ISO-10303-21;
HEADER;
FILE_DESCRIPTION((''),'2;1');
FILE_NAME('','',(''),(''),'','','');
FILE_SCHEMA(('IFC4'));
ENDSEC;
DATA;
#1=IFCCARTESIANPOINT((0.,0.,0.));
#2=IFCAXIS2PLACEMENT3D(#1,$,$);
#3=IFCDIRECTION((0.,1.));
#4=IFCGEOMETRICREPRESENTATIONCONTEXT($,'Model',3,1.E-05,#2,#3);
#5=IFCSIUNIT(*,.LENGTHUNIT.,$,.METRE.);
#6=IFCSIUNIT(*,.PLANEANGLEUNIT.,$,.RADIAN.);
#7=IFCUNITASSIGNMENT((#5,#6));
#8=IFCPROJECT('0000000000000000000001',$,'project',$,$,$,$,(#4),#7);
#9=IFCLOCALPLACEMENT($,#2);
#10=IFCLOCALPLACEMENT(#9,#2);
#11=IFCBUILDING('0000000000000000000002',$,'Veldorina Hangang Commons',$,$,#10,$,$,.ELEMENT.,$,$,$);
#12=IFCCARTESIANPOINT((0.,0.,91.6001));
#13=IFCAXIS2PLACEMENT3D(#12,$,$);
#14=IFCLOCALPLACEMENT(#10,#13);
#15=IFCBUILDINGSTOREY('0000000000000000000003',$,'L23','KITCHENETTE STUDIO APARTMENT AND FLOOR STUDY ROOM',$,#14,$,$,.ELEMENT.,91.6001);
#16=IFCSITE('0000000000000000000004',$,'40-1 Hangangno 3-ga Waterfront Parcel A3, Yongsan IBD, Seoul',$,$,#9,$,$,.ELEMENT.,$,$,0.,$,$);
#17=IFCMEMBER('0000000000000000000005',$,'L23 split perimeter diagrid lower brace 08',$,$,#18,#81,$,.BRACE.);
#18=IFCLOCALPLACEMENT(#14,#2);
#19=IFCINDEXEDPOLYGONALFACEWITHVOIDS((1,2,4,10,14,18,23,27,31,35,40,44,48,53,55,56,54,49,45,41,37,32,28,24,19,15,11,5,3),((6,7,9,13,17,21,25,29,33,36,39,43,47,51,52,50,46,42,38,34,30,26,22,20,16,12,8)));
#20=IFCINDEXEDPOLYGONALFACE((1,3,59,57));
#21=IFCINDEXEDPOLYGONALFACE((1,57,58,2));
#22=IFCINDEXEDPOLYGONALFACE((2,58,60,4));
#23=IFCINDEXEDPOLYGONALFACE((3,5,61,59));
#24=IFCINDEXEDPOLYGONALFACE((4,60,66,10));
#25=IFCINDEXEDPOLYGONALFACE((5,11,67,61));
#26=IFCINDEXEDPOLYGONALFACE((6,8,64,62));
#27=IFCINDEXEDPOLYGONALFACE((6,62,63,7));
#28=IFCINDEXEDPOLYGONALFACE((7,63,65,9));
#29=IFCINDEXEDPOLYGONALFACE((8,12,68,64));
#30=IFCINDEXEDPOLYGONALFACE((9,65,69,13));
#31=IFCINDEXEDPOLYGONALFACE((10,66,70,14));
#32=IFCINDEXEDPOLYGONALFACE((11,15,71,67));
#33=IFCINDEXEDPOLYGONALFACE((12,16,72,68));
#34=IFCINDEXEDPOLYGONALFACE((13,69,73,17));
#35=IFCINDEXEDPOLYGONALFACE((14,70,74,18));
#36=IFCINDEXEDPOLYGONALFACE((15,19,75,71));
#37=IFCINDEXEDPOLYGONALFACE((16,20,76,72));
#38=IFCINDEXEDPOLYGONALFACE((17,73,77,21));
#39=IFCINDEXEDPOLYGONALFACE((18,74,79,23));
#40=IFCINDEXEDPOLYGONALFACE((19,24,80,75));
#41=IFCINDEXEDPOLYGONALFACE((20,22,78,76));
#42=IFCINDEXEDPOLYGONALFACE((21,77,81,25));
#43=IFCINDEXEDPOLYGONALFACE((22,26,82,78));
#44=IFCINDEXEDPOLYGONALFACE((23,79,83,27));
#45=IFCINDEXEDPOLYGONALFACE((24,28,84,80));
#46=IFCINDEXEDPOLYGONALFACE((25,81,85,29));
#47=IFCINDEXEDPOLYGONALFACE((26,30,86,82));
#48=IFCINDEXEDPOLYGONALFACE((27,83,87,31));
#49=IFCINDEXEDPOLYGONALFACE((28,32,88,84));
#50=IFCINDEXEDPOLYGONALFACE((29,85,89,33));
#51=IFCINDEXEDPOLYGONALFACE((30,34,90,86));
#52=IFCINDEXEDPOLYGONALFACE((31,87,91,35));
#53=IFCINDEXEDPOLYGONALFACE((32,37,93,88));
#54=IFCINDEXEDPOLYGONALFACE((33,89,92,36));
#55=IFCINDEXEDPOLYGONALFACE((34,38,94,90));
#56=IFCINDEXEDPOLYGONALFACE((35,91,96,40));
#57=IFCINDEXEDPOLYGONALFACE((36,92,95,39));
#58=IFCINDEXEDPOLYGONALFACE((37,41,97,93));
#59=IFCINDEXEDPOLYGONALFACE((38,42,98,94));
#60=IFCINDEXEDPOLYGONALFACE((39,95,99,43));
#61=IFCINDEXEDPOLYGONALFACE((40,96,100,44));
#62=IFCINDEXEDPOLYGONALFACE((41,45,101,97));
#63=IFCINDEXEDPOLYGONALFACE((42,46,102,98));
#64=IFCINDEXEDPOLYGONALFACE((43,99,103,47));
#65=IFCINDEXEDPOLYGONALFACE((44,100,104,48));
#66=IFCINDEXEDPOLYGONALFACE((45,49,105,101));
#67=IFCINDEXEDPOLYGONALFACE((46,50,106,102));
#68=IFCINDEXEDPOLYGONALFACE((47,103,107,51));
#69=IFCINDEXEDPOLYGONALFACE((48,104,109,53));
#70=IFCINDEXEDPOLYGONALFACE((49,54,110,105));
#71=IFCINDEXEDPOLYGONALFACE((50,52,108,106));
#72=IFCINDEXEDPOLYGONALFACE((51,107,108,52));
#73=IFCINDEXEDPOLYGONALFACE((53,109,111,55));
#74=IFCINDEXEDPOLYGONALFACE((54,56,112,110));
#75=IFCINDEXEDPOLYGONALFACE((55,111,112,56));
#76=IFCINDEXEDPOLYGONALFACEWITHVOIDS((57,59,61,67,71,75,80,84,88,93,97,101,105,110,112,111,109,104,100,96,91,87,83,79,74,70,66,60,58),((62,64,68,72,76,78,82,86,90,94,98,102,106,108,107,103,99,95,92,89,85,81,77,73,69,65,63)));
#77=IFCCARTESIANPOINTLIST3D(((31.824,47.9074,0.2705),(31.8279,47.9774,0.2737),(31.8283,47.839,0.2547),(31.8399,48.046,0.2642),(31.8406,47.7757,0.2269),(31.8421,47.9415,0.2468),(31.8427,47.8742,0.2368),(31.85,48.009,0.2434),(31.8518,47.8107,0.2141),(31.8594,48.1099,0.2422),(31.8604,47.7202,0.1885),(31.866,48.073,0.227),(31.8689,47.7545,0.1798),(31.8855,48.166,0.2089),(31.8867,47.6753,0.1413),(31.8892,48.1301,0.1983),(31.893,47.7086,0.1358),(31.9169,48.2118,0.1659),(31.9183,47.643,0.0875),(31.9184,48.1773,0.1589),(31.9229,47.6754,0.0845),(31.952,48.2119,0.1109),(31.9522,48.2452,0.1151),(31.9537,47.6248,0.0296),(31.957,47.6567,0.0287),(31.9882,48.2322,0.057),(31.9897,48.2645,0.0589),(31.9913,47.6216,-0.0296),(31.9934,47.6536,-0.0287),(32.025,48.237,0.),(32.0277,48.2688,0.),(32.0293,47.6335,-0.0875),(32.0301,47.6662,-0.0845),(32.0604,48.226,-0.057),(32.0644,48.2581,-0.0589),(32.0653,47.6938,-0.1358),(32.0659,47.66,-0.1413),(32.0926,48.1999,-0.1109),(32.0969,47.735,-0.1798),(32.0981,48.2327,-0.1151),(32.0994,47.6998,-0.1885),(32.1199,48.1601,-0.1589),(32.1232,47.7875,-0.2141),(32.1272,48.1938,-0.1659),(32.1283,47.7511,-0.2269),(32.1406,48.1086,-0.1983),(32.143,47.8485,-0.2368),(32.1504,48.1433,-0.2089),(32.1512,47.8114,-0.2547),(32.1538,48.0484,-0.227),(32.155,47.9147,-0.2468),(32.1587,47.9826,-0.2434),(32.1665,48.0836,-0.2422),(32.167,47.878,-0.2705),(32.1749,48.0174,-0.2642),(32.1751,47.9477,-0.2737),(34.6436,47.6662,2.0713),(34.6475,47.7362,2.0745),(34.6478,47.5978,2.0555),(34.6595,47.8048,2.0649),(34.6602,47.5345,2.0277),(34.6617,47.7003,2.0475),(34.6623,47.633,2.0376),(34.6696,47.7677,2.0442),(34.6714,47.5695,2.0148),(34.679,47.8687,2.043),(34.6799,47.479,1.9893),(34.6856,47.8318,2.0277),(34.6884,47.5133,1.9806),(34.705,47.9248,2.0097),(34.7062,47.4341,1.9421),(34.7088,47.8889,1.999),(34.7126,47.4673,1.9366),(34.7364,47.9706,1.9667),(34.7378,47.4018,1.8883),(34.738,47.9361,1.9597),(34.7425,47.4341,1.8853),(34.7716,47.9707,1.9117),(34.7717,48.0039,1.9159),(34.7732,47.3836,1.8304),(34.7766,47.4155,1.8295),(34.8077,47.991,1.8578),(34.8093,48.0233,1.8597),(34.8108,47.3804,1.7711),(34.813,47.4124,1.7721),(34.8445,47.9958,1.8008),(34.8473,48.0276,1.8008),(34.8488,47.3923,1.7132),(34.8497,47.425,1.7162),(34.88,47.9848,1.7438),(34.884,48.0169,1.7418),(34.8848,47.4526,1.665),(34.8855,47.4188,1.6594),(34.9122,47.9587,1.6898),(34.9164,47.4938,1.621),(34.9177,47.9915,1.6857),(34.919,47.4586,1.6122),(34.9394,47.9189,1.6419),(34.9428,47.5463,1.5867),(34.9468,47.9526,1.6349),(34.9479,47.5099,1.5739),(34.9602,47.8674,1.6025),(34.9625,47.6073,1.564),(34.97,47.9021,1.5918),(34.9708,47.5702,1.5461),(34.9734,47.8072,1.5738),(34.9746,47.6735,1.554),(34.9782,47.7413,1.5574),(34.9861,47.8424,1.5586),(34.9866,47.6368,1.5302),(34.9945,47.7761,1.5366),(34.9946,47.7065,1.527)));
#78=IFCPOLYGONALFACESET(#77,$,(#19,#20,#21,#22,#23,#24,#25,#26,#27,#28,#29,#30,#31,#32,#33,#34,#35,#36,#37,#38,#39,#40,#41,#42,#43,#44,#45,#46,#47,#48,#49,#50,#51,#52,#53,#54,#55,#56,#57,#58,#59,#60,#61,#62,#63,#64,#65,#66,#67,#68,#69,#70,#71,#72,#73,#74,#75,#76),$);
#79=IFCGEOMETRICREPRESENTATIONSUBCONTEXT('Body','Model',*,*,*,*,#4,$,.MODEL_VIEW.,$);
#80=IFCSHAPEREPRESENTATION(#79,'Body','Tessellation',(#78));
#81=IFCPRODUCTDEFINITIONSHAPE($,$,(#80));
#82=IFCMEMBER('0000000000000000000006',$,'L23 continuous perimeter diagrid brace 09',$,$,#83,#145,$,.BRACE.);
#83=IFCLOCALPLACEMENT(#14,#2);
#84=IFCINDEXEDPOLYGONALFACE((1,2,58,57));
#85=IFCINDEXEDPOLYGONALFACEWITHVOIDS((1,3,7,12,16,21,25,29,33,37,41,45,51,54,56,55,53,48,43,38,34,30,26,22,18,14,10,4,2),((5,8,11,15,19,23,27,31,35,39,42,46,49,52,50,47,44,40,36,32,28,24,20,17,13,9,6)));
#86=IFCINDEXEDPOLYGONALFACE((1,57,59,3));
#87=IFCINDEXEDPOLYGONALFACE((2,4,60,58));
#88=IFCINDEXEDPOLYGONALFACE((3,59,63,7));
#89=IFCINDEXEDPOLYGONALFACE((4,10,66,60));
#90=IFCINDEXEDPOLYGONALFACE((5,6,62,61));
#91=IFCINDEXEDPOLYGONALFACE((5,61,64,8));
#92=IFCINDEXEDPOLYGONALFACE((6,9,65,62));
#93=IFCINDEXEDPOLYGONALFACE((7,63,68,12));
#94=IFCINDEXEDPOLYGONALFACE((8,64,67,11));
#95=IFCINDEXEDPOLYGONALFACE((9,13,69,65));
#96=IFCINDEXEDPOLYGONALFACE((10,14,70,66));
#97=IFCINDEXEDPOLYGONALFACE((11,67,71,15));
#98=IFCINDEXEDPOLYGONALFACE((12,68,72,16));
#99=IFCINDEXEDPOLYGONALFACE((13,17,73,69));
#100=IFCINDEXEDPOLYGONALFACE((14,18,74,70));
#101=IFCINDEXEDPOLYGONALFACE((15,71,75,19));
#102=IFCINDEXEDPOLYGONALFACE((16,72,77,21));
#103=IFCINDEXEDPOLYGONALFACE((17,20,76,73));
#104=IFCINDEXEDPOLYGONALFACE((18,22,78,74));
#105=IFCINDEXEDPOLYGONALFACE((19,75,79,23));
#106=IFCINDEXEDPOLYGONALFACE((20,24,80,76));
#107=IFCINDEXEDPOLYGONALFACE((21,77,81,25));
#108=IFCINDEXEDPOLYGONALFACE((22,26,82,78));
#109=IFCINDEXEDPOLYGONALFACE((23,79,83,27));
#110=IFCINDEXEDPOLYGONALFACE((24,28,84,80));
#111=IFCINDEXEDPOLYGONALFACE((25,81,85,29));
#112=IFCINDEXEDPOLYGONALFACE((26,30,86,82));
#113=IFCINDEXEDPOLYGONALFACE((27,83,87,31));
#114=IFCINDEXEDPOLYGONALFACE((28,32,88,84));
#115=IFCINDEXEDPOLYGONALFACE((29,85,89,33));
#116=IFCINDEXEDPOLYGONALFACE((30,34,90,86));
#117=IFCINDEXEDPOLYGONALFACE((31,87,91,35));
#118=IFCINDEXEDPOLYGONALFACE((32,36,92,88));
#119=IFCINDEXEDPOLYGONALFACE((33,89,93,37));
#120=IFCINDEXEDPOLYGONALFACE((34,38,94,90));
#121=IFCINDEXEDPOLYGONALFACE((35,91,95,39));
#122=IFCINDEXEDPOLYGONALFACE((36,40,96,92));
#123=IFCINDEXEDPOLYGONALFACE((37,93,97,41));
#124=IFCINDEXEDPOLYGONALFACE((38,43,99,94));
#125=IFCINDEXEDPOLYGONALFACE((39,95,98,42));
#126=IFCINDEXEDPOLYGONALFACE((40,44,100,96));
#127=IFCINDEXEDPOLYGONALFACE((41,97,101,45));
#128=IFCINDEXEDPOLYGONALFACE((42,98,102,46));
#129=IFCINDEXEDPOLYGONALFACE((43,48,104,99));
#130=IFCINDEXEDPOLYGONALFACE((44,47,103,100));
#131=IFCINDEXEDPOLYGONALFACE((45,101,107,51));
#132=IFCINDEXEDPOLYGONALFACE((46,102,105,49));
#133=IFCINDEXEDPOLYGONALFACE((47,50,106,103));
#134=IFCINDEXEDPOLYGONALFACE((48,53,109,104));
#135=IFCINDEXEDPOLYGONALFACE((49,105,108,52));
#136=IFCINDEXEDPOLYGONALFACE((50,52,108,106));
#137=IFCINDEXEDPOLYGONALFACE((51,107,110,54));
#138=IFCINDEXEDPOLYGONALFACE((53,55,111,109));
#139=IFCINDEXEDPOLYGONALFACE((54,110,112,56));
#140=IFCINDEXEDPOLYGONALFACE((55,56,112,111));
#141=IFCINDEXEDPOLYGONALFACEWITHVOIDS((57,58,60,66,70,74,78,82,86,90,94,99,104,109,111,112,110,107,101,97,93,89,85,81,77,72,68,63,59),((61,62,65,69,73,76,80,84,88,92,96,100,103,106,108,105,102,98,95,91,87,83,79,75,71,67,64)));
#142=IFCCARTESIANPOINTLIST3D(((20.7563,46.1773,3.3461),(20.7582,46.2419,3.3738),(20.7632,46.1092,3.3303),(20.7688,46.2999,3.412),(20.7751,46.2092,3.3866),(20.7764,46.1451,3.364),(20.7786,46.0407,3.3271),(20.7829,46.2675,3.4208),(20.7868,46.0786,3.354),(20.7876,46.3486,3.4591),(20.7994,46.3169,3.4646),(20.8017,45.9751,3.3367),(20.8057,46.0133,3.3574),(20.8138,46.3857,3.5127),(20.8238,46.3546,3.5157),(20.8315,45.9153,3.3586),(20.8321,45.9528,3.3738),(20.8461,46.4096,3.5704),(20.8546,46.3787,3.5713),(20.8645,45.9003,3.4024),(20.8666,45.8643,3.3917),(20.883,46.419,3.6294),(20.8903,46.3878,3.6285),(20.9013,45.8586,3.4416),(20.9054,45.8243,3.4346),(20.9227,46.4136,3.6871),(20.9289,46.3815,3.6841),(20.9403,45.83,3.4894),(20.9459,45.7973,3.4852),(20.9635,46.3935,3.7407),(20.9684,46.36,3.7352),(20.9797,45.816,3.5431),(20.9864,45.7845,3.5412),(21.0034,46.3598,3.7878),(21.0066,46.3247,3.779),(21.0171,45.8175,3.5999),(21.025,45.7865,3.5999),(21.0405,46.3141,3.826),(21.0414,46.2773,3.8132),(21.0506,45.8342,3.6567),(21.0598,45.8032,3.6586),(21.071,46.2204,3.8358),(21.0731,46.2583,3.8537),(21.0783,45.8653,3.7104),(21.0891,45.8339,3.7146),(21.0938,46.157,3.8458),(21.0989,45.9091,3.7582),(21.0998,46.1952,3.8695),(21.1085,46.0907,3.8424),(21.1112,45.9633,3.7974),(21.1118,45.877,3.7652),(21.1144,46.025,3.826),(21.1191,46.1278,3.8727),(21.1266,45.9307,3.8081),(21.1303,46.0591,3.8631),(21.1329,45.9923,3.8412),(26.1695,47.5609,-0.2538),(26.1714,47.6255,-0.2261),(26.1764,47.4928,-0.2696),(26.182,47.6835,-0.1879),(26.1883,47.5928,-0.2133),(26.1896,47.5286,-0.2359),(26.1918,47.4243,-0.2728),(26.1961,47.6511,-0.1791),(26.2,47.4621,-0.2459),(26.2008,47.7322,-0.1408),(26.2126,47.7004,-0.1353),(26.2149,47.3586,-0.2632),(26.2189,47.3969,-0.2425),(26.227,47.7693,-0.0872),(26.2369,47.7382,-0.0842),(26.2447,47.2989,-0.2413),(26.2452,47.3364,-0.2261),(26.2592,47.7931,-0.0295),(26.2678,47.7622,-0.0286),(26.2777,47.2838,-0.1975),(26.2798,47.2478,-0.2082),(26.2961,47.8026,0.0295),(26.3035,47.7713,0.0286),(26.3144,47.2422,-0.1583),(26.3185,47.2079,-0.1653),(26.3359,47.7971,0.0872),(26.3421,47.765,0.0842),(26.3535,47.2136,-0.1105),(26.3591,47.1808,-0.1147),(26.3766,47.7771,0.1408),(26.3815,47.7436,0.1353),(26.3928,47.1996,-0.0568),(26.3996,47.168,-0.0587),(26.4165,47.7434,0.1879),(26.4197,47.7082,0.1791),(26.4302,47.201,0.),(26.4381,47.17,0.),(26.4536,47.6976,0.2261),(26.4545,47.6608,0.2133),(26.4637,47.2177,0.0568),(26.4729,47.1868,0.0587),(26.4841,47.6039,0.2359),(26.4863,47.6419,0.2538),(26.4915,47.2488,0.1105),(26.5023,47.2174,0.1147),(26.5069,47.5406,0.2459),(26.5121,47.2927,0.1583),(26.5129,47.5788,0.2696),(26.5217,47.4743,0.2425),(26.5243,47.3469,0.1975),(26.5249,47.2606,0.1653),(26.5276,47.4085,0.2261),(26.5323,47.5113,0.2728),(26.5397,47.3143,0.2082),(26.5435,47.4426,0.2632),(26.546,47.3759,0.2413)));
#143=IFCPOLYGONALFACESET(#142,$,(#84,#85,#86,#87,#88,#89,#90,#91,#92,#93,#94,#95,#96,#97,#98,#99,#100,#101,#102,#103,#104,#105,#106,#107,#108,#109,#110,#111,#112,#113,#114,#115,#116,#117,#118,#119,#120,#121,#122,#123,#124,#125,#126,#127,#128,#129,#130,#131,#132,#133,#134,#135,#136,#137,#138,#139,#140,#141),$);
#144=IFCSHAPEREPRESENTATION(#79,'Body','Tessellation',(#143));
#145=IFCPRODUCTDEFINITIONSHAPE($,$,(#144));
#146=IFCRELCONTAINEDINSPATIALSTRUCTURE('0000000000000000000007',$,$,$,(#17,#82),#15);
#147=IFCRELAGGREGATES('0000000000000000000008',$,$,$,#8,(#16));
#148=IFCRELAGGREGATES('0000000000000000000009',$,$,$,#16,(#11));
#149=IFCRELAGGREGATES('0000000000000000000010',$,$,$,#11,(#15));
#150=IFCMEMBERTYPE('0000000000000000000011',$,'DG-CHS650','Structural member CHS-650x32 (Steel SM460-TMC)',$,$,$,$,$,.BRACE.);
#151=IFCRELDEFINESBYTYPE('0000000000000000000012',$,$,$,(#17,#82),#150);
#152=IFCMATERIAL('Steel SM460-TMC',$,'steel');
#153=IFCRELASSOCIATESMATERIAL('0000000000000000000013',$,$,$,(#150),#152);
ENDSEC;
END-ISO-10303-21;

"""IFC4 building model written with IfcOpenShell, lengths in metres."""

from ifc_helpers import new_model, si_unit, direction, frame, origin, origin_2d, place, context, subcontext, project, spatial, hollow_circle, extrude, material, material_profile, profile_set, type_object, element, save


model = new_model("IFC4")

# Units and contexts
model_context = context("Model", 3, precision=1e-05, world=origin(), true_north=direction((0.0, 1.0)))
body_context = subcontext(model_context, "Body", "Model", "MODEL_VIEW")
ifc_project = project(units=[si_unit("LENGTHUNIT", "METRE"), si_unit("PLANEANGLEUNIT", "RADIAN")], contexts=[model_context])

# Site, building, storey
site_placement = place(None, origin())
site = spatial("IfcSite", under=ifc_project, at=site_placement, Name="40-1 Hangangno 3-ga Waterfront Parcel A3, Yongsan IBD, Seoul", CompositionType="ELEMENT", RefElevation=0.0)
building_placement = place(site_placement, origin())
building = spatial("IfcBuilding", under=site, at=building_placement, Name="Veldorina Hangang Commons", CompositionType="ELEMENT")
storey_placement = place(building_placement, frame((0.0, 0.0, 91.6001)))
storey = spatial("IfcBuildingStorey", under=building, at=storey_placement, Name="L23", Description="KITCHENETTE STUDIO APARTMENT AND FLOOR STUDY ROOM", CompositionType="ELEMENT", Elevation=91.6001)

# Members
ifc_material_1 = material(Name="Steel SM460-TMC", Category="steel")
ifc_material_profile_1 = material_profile(ifc_material_1, hollow_circle(Radius=0.325, WallThickness=0.032, at=origin_2d()), Name="CHS-650x32")
ifc_profile_set_1 = profile_set([ifc_material_profile_1], Name="Steel SM460-TMC")
member_type = type_object("IfcMemberType", Name="DG-CHS650", Description="Structural member CHS-650x32 (Steel SM460-TMC)", PredefinedType="BRACE", material=ifc_profile_set_1)
member_1_placement = place(storey_placement, frame((32.0, 47.9451, 0.0), z_axis=(0.840598, -0.071912, 0.536865), x_axis=(0.085237, 0.996361, 0.0)))
element("IfcMember", 1, at=member_1_placement, inside=storey, type_object=member_type, Name="L23 split perimeter diagrid lower brace 08", PredefinedType="BRACE", context=body_context, shape_type="SweptSolid", body=[
    extrude(hollow_circle(Radius=0.325, WallThickness=0.032, at=origin_2d()), origin(), (0.0, 0.0, 1.0), 3.3542),
])
member_2_placement = place(storey_placement, frame((26.3577, 47.4849, 0.0), z_axis=(-0.814439, -0.208165, 0.541625), x_axis=(0.247632, -0.968854, 0.0)))
element("IfcMember", 2, at=member_2_placement, inside=storey, type_object=member_type, Name="L23 continuous perimeter diagrid brace 09", PredefinedType="BRACE", context=body_context, shape_type="SweptSolid", body=[
    extrude(hollow_circle(Radius=0.325, WallThickness=0.032, at=origin_2d()), origin(), (0.0, 0.0, 1.0), 6.6465),
])

save(model, "model.ifc")
